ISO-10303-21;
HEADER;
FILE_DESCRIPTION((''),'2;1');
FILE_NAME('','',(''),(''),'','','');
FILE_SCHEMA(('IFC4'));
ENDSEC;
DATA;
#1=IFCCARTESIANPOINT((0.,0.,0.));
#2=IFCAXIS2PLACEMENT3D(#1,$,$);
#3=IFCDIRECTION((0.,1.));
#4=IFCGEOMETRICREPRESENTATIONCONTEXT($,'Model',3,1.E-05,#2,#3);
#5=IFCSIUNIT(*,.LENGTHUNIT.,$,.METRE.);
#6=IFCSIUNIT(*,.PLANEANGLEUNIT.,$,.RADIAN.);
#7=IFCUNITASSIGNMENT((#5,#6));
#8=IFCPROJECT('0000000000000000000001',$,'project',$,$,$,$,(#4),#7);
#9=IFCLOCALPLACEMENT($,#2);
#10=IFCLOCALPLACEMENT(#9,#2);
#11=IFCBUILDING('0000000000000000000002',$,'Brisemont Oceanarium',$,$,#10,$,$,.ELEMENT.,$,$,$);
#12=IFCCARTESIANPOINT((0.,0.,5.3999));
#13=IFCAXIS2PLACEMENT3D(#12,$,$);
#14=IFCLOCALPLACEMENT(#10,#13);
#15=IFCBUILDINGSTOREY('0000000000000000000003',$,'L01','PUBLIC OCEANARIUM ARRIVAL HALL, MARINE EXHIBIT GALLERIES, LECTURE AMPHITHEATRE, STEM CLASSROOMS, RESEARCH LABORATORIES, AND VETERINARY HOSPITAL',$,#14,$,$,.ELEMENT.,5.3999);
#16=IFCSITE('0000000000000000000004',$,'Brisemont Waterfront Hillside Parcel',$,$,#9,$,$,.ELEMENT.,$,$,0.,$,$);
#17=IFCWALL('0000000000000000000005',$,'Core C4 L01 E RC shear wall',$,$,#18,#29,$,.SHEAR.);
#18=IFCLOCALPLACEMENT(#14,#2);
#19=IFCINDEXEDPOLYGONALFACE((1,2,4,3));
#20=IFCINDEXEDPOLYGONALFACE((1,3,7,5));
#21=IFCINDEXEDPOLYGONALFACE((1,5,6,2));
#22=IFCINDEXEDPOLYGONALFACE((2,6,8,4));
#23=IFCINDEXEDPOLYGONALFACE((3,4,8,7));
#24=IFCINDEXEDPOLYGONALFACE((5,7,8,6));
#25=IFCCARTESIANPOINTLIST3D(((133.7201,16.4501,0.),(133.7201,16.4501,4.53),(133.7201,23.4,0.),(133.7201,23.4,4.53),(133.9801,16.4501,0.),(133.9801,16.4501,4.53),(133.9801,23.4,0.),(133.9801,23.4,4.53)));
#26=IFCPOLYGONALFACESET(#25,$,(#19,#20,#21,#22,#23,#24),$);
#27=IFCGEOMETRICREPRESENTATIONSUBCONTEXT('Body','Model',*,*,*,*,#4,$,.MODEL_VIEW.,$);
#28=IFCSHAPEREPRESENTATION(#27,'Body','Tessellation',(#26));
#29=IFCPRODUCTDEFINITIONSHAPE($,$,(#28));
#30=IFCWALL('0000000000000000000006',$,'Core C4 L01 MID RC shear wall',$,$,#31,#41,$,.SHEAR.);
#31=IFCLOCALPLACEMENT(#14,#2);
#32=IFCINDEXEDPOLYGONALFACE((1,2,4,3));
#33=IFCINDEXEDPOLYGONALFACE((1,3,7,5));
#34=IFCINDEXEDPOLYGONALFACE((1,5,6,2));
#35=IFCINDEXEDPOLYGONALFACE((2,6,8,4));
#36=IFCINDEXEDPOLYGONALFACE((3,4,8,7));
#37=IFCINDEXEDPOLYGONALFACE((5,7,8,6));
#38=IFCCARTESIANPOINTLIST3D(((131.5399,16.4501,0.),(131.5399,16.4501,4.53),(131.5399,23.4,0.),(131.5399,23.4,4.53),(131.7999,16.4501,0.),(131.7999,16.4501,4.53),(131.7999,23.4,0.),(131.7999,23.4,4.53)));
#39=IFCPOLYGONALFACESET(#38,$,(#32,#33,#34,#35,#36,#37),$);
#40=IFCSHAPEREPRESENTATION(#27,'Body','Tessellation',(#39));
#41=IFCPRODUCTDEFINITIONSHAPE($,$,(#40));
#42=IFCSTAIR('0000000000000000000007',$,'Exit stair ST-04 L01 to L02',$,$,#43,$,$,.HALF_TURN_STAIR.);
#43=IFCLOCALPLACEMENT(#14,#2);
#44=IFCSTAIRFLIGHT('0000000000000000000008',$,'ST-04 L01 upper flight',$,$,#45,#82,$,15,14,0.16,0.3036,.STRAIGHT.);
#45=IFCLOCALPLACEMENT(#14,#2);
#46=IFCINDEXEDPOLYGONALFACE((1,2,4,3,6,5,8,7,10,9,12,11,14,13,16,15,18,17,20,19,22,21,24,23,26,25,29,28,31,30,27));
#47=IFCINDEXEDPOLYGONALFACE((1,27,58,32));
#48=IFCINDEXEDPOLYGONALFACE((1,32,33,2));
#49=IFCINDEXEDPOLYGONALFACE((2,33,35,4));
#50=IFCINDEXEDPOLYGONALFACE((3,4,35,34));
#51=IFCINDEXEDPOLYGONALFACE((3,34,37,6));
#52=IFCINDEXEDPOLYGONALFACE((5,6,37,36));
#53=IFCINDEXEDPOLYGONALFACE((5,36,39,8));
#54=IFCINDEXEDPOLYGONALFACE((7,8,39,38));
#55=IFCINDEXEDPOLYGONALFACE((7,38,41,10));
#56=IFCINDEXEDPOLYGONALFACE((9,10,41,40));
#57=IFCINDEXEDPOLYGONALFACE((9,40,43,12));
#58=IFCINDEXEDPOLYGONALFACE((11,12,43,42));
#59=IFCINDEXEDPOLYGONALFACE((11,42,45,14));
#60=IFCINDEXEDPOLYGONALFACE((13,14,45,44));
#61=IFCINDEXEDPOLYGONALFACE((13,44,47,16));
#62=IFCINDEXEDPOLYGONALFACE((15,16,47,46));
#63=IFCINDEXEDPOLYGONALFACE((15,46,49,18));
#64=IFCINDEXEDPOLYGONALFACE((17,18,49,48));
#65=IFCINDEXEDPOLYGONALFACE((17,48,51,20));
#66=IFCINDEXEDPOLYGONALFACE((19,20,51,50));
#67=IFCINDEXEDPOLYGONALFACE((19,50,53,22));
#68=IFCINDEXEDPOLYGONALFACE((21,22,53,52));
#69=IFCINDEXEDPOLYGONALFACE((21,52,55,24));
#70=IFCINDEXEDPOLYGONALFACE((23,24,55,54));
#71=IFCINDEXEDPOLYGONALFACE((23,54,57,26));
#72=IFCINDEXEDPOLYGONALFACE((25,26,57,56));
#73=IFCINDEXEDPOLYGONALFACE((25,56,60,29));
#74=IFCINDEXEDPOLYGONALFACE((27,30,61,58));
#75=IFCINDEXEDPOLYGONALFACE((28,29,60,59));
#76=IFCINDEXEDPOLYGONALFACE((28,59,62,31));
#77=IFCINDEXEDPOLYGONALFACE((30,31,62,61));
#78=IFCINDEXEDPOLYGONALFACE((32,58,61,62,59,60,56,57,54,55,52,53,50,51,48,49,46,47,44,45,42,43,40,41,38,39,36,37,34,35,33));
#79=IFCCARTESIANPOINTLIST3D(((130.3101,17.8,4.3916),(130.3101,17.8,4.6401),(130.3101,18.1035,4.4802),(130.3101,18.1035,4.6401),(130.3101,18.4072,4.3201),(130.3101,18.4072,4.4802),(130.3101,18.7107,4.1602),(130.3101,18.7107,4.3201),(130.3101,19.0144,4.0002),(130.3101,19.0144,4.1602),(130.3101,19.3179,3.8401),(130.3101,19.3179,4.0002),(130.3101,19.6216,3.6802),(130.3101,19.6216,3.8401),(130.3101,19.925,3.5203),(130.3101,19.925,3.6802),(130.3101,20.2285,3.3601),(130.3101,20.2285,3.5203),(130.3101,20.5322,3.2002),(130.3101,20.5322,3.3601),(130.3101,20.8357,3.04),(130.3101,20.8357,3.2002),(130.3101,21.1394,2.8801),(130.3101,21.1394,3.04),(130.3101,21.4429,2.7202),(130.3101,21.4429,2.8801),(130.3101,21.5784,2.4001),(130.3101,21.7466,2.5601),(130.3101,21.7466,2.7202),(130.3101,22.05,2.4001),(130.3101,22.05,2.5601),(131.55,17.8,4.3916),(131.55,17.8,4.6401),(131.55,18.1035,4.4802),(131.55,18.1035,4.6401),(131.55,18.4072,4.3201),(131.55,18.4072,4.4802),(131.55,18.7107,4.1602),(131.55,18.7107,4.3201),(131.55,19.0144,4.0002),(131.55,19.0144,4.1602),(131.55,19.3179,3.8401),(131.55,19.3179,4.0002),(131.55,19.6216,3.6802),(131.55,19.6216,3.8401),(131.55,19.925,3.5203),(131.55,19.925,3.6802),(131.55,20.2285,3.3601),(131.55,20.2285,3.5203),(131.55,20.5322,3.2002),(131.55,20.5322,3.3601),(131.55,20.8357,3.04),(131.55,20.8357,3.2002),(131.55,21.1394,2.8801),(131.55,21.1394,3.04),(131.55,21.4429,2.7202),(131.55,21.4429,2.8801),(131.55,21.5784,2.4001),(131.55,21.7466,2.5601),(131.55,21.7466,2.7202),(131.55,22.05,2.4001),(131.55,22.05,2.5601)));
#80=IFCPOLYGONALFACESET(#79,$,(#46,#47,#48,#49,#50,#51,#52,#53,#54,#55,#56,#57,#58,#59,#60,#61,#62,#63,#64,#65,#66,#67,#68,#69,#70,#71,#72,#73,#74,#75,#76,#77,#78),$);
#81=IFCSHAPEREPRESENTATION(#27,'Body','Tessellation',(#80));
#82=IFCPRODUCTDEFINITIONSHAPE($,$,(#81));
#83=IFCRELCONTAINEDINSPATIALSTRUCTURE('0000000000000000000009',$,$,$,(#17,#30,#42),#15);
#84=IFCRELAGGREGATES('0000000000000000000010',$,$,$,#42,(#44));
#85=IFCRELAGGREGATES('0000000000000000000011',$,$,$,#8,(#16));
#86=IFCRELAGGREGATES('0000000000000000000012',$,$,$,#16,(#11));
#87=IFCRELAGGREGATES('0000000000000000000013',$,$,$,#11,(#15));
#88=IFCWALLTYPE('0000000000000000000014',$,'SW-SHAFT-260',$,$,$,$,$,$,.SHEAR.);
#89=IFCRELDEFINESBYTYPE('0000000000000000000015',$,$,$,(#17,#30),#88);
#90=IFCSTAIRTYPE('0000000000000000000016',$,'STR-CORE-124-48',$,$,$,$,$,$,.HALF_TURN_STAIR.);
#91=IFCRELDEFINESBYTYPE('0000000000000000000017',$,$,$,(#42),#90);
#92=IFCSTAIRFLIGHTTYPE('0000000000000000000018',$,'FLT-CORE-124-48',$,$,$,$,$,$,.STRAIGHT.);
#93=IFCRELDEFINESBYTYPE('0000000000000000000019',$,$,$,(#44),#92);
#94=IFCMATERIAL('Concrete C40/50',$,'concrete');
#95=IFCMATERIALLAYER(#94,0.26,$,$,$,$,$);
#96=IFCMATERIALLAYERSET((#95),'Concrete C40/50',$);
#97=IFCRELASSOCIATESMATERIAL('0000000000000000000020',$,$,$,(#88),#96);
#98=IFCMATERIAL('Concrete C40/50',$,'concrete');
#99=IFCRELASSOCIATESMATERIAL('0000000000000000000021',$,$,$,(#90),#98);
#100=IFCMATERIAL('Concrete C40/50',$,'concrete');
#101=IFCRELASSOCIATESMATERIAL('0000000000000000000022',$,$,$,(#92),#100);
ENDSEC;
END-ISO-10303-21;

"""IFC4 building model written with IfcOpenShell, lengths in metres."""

from ifc_helpers import new_model, si_unit, direction, frame, frame_2d, origin, place, context, subcontext, project, spatial, polyline, rectangle, outline, extrude, material, layer, layer_set, type_object, element, aggregate, save


model = new_model("IFC4")

# Units and contexts
model_context = context("Model", 3, precision=1e-05, world=origin(), true_north=direction((0.0, 1.0)))
body_context = subcontext(model_context, "Body", "Model", "MODEL_VIEW")
ifc_project = project(units=[si_unit("LENGTHUNIT", "METRE"), si_unit("PLANEANGLEUNIT", "RADIAN")], contexts=[model_context])

# Site, building, storey
site_placement = place(None, origin())
site = spatial("IfcSite", under=ifc_project, at=site_placement, Name="Brisemont Waterfront Hillside Parcel", CompositionType="ELEMENT", RefElevation=0.0)
building_placement = place(site_placement, origin())
building = spatial("IfcBuilding", under=site, at=building_placement, Name="Brisemont Oceanarium", CompositionType="ELEMENT")
storey_placement = place(building_placement, frame((0.0, 0.0, 5.3999)))
storey = spatial("IfcBuildingStorey", under=building, at=storey_placement, Name="L01", Description="PUBLIC OCEANARIUM ARRIVAL HALL, MARINE EXHIBIT GALLERIES, LECTURE AMPHITHEATRE, STEM CLASSROOMS, RESEARCH LABORATORIES, AND VETERINARY HOSPITAL", CompositionType="ELEMENT", Elevation=5.3999)

# Walls
ifc_material_1 = material(Name="Concrete C40/50", Category="concrete")
ifc_layer_1 = layer(ifc_material_1, 0.26)
ifc_layer_set_1 = layer_set([ifc_layer_1], Name="Concrete C40/50")
wall_type_1 = type_object("IfcWallType", Name="SW-SHAFT-260", PredefinedType="SHEAR", material=ifc_layer_set_1)
for number, where, z_axis, x_axis, name in (
    (1, (133.8501, 16.45, 0.0), (0.0, 0.0, 1.0), (0.0, 1.0, 0.0), "Core C4 L01 E RC shear wall"),
    (2, (131.6699, 16.45, 0.0), (0.0, 0.0, 1.0), (0.0, 1.0, 0.0), "Core C4 L01 MID RC shear wall"),
):
    element("IfcWall", number, at=place(storey_placement, frame(where, z_axis=z_axis, x_axis=x_axis)), inside=storey, type_object=wall_type_1, Name=name, PredefinedType="SHEAR", context=body_context, shape_type="SweptSolid", body=[
        extrude(rectangle(XDim=6.95, YDim=0.26, at=frame_2d((3.4751, 0.0))), origin(), (0.0, 0.0, 1.0), 4.53),
    ])

# Stair, stair flight
ifc_material_2 = material(Name="Concrete C40/50", Category="concrete")
stair_type = type_object("IfcStairType", Name="STR-CORE-124-48", PredefinedType="HALF_TURN_STAIR", material=ifc_material_2)
stair_placement = place(storey_placement, origin())
stair = element("IfcStair", 3, at=stair_placement, inside=storey, type_object=stair_type, Name="Exit stair ST-04 L01 to L02", PredefinedType="HALF_TURN_STAIR")
ifc_material_3 = material(Name="Concrete C40/50", Category="concrete")
stair_flight_type = type_object("IfcStairFlightType", Name="FLT-CORE-124-48", PredefinedType="STRAIGHT", material=ifc_material_3)
stair_flight_placement = place(storey_placement, frame((130.9299, 22.05, 2.4001), z_axis=(0.0, 0.0, 1.0), x_axis=(0.0, -1.0, 0.0)))
stair_flight = element("IfcStairFlight", 4, at=stair_flight_placement, type_object=stair_flight_type, Name="ST-04 L01 upper flight", NumberOfRisers=15, NumberOfTreads=14, PredefinedType="STRAIGHT", RiserHeight=0.16, TreadLength=0.3036, context=body_context, shape_type="SweptSolid", body=[
    extrude(outline(polyline([(0.0, 0.0), (0.0, 0.1599), (0.3035, 0.1599), (0.3035, 0.3201), (0.6072, 0.3201), (0.6072, 0.48), (0.9106, 0.48), (0.9106, 0.6399), (1.2144, 0.6399), (1.2144, 0.8), (1.5178, 0.8), (1.5178, 0.96), (1.8215, 0.96), (1.8215, 1.1201), (2.125, 1.1201), (2.125, 1.28), (2.4285, 1.28), (2.4285, 1.4399), (2.7322, 1.4399), (2.7322, 1.6001), (3.0356, 1.6001), (3.0356, 1.76), (3.3394, 1.76), (3.3394, 1.9199), (3.6428, 1.9199), (3.6428, 2.0801), (3.9465, 2.0801), (3.9465, 2.24), (4.25, 2.24), (4.25, 2.3999), (4.25, 1.9915), (0.4717, 0.0), (0.0, 0.0)])), frame((0.0, 0.6201, 0.0), z_axis=(0.0, -1.0, 0.0), x_axis=(1.0, 0.0, 0.0)), (0.0, 0.0, 1.0), 1.24),
])
aggregate(stair, [stair_flight])

save(model, "model.ifc")
